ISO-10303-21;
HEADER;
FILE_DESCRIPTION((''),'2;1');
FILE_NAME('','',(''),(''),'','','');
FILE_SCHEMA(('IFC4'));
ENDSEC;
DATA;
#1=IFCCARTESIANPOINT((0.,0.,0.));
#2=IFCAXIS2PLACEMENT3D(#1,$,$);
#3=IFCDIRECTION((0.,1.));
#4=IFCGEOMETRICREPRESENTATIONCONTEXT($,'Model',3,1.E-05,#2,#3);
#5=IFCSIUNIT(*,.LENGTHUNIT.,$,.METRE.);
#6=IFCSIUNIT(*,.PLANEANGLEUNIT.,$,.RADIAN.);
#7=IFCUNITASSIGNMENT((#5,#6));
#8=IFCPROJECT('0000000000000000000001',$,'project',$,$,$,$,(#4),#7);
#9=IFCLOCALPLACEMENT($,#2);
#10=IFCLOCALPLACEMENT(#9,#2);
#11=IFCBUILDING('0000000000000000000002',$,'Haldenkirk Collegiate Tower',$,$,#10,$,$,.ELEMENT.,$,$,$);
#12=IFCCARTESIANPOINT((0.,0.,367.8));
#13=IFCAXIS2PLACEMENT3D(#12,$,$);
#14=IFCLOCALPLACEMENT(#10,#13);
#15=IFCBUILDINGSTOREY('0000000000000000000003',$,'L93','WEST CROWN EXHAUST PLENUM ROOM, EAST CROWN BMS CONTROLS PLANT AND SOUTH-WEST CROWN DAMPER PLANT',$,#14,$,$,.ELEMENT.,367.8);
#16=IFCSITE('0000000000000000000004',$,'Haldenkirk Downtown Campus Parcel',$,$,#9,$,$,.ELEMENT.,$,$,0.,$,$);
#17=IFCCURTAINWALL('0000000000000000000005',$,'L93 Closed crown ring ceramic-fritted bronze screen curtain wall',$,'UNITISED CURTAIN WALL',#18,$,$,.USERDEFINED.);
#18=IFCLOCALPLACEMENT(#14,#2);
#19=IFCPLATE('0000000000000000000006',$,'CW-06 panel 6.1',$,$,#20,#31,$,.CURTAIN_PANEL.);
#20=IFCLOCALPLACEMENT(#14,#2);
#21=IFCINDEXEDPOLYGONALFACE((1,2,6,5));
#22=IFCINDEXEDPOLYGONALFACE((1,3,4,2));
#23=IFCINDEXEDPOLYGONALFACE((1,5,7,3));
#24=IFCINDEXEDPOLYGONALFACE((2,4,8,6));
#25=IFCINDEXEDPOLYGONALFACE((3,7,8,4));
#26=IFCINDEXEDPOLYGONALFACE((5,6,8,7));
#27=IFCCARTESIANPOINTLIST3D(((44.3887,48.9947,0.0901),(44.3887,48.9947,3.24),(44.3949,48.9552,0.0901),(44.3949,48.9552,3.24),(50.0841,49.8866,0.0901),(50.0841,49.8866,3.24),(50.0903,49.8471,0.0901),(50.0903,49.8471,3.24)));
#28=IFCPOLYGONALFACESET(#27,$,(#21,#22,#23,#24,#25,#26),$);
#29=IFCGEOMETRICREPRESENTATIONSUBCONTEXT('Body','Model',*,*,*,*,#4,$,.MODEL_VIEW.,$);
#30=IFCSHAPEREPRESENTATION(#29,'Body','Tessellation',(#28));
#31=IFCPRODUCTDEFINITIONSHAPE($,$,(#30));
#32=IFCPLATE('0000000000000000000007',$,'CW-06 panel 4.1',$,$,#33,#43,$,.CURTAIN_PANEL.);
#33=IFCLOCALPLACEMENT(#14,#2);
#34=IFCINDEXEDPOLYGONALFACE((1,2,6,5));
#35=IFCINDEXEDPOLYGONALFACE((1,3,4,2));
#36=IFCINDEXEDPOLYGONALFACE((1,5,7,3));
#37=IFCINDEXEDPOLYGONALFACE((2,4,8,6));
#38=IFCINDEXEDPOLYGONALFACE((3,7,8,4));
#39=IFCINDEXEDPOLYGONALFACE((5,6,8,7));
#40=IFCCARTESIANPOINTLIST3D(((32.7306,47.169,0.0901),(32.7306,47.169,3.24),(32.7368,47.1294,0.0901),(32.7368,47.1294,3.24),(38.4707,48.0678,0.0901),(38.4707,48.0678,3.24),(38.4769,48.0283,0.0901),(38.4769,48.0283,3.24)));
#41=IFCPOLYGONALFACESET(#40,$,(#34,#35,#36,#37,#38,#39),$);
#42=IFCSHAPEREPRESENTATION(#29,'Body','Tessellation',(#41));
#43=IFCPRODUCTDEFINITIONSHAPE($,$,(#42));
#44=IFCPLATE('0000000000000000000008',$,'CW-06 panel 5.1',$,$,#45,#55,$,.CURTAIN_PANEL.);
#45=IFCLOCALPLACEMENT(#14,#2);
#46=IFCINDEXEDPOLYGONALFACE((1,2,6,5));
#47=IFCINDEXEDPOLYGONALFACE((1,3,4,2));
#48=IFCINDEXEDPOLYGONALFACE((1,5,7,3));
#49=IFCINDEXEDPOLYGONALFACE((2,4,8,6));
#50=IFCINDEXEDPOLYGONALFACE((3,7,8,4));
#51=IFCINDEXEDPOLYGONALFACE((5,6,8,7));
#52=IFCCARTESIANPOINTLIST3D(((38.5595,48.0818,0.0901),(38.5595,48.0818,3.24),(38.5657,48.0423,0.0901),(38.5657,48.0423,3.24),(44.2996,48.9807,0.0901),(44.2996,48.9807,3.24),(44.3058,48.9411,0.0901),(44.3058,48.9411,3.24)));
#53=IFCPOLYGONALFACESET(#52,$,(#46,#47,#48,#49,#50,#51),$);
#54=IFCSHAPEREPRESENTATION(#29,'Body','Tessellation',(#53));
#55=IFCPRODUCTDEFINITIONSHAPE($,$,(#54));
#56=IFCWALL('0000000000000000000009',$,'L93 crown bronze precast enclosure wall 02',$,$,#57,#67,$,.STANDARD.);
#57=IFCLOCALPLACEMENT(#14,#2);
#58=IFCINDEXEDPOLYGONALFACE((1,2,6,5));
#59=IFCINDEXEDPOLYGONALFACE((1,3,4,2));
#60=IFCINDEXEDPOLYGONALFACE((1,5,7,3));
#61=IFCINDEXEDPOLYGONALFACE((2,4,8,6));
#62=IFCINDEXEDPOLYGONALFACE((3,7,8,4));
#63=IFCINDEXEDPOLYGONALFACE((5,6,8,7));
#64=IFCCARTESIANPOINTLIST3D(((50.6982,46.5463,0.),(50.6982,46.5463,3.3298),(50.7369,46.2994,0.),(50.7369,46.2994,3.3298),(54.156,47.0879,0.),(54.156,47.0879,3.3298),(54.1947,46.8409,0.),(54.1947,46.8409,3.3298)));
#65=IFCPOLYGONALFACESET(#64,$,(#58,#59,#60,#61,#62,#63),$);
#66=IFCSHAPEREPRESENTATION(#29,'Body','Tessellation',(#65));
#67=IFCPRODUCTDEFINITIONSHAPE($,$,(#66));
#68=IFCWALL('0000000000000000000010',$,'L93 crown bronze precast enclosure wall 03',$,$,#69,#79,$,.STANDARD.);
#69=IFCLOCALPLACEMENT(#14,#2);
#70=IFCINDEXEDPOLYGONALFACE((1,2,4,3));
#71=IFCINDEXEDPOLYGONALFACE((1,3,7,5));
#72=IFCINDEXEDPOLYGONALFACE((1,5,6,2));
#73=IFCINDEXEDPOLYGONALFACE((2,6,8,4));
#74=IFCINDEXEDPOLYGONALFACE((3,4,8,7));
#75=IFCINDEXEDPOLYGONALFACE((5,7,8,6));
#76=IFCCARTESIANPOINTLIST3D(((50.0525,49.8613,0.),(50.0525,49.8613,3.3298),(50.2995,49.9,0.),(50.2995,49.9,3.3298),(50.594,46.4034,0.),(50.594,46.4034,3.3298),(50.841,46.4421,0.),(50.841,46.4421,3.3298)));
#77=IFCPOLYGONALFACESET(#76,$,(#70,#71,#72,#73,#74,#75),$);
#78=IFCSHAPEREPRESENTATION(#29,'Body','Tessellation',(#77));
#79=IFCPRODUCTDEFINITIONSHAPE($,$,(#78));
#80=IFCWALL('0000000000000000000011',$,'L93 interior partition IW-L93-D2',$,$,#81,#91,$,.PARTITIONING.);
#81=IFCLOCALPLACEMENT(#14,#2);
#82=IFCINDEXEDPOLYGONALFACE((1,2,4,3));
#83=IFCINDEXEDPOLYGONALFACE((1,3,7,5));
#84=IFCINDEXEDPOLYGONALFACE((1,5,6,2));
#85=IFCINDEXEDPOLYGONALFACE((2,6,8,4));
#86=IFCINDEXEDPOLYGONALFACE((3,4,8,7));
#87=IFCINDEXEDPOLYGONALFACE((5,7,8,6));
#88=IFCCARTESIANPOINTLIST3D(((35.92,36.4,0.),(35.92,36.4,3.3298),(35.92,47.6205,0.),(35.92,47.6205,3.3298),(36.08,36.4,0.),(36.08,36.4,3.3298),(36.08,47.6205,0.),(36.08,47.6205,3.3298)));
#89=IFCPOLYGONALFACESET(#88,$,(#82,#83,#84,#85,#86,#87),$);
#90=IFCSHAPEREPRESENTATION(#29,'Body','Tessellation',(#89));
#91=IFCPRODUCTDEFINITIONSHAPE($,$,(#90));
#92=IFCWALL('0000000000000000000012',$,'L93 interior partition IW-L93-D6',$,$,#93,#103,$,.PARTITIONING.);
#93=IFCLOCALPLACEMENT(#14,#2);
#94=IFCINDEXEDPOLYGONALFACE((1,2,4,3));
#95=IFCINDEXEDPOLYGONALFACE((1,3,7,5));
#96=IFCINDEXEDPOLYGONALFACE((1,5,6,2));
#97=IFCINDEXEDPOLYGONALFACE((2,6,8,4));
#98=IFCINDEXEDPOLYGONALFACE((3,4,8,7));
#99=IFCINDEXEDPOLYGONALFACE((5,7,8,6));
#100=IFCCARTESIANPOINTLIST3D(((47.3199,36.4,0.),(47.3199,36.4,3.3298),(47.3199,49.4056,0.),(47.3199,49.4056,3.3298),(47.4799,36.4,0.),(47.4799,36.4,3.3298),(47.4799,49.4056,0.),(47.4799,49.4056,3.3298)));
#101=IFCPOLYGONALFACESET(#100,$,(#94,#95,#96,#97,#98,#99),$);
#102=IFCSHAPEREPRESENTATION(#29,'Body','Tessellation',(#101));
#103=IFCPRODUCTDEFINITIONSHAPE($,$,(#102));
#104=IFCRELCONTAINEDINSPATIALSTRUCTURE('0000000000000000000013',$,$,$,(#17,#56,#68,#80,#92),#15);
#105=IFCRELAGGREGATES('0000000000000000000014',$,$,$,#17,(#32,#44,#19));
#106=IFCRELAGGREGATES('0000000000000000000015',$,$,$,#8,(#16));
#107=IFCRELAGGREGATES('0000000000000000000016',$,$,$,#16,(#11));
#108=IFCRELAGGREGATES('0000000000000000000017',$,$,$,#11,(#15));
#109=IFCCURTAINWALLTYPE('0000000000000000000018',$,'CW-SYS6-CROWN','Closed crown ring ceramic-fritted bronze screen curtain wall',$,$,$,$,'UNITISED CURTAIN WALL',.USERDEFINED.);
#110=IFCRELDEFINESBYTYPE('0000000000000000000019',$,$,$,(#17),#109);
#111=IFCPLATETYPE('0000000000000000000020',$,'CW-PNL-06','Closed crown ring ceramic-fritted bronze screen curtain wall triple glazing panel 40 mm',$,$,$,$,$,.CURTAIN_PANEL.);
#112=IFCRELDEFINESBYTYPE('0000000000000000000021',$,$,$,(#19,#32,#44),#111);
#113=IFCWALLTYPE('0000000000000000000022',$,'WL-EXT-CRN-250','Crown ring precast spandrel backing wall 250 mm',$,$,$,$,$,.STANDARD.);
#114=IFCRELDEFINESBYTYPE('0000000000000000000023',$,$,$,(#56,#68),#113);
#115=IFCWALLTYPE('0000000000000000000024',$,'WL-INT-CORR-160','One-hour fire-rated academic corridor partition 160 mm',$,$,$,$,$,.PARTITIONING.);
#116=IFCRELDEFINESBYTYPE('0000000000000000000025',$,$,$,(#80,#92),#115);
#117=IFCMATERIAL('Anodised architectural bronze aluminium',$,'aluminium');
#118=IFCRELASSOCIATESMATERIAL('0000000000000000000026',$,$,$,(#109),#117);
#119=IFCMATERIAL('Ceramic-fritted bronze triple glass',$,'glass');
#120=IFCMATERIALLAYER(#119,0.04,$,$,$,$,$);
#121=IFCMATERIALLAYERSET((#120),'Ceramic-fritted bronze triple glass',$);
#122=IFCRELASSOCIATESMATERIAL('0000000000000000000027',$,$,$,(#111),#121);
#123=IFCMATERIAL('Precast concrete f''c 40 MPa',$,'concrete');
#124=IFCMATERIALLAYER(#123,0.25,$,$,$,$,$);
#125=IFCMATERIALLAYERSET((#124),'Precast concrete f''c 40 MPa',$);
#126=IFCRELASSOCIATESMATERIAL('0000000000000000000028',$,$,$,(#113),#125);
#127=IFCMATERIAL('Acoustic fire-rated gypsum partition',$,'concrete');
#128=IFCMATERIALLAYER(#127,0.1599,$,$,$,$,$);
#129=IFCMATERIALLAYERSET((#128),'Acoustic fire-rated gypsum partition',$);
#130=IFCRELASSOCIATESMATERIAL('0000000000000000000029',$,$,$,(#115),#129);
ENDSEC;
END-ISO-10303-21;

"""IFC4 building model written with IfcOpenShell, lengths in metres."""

from ifc_helpers import new_model, si_unit, direction, frame, frame_2d, origin, origin_2d, place, context, subcontext, project, spatial, rectangle, extrude, source, transform, mapped, material, layer, layer_set, type_object, element, aggregate, save


model = new_model("IFC4")

# Units and contexts
model_context = context("Model", 3, precision=1e-05, world=origin(), true_north=direction((0.0, 1.0)))
body_context = subcontext(model_context, "Body", "Model", "MODEL_VIEW")
ifc_project = project(units=[si_unit("LENGTHUNIT", "METRE"), si_unit("PLANEANGLEUNIT", "RADIAN")], contexts=[model_context])

# Site, building, storey
site_placement = place(None, origin())
site = spatial("IfcSite", under=ifc_project, at=site_placement, Name="Haldenkirk Downtown Campus Parcel", CompositionType="ELEMENT", RefElevation=0.0)
building_placement = place(site_placement, origin())
building = spatial("IfcBuilding", under=site, at=building_placement, Name="Haldenkirk Collegiate Tower", CompositionType="ELEMENT")
storey_placement = place(building_placement, frame((0.0, 0.0, 367.8)))
storey = spatial("IfcBuildingStorey", under=building, at=storey_placement, Name="L93", Description="WEST CROWN EXHAUST PLENUM ROOM, EAST CROWN BMS CONTROLS PLANT AND SOUTH-WEST CROWN DAMPER PLANT", CompositionType="ELEMENT", Elevation=367.8)

# Curtain wall
ifc_material_1 = material(Name="Anodised architectural bronze aluminium", Category="aluminium")
curtain_wall_type = type_object("IfcCurtainWallType", Name="CW-SYS6-CROWN", Description="Closed crown ring ceramic-fritted bronze screen curtain wall", ElementType="UNITISED CURTAIN WALL", PredefinedType="USERDEFINED", material=ifc_material_1)
curtain_wall_1_placement = place(storey_placement, origin())
curtain_wall_1 = element("IfcCurtainWall", 1, at=curtain_wall_1_placement, inside=storey, type_object=curtain_wall_type, Name="L93 Closed crown ring ceramic-fritted bronze screen curtain wall", ObjectType="UNITISED CURTAIN WALL", PredefinedType="USERDEFINED")

# Plates
ifc_material_2 = material(Name="Ceramic-fritted bronze triple glass", Category="glass")
ifc_layer_1 = layer(ifc_material_2, 0.04)
ifc_layer_set_1 = layer_set([ifc_layer_1], Name="Ceramic-fritted bronze triple glass")
plate_type_1 = type_object("IfcPlateType", Name="CW-PNL-06", Description="Closed crown ring ceramic-fritted bronze screen curtain wall triple glazing panel 40 mm", PredefinedType="CURTAIN_PANEL", material=ifc_layer_set_1)
shared_shape_1 = source(origin(), body_context, "Body", "SweptSolid", [
    extrude(rectangle(XDim=5.7649, YDim=0.04, at=origin_2d()), origin(), (0.0, 0.0, 1.0), 3.1499),
])
plate_1_placement = place(storey_placement, frame((47.2395, 49.4209, 0.0901), z_axis=(0.0, 0.0, 1.0), x_axis=(0.98796, 0.154709, 0.0)))
plate_1 = element("IfcPlate", 2, at=plate_1_placement, type_object=plate_type_1, Name="CW-06 panel 6.1", PredefinedType="CURTAIN_PANEL", context=body_context, shape_type="MappedRepresentation", body=[
    mapped(shared_shape_1, transform((0.0, 0.0, 0.0), x_axis=(1.0, 0.0, 0.0), y_axis=(0.0, 1.0, 0.0), z_axis=(0.0, 0.0, 1.0), scale=1.0)),
])
shared_shape_2 = source(origin(), body_context, "Body", "SweptSolid", [
    extrude(rectangle(XDim=5.8101, YDim=0.04, at=origin_2d()), origin(), (0.0, 0.0, 1.0), 3.1499),
])
plate_2_placement = place(storey_placement, frame((35.6038, 47.5986, 0.0901), z_axis=(0.0, 0.0, 1.0), x_axis=(0.98796, 0.154709, 0.0)))
plate_2 = element("IfcPlate", 3, at=plate_2_placement, type_object=plate_type_1, Name="CW-06 panel 4.1", PredefinedType="CURTAIN_PANEL", context=body_context, shape_type="MappedRepresentation", body=[
    mapped(shared_shape_2, transform((0.0, 0.0, 0.0), x_axis=(1.0, 0.0, 0.0), y_axis=(0.0, 1.0, 0.0), z_axis=(0.0, 0.0, 1.0), scale=1.0)),
])
plate_3_placement = place(storey_placement, frame((41.4326, 48.5115, 0.0901), z_axis=(0.0, 0.0, 1.0), x_axis=(0.98796, 0.154709, 0.0)))
plate_3 = element("IfcPlate", 4, at=plate_3_placement, type_object=plate_type_1, Name="CW-06 panel 5.1", PredefinedType="CURTAIN_PANEL", context=body_context, shape_type="MappedRepresentation", body=[
    mapped(shared_shape_2, transform((0.0, 0.0, 0.0), x_axis=(1.0, 0.0, 0.0), y_axis=(0.0, 1.0, 0.0), z_axis=(0.0, 0.0, 1.0), scale=1.0)),
])
aggregate(curtain_wall_1, [plate_2, plate_3, plate_1])

# Walls
ifc_material_3 = material(Name="Precast concrete f'c 40 MPa", Category="concrete")
ifc_layer_2 = layer(ifc_material_3, 0.25)
ifc_layer_set_2 = layer_set([ifc_layer_2], Name="Precast concrete f'c 40 MPa")
wall_type_1 = type_object("IfcWallType", Name="WL-EXT-CRN-250", Description="Crown ring precast spandrel backing wall 250 mm", PredefinedType="STANDARD", material=ifc_layer_set_2)
for number, where, z_axis, x_axis, name in (
    (5, (50.7175, 46.4229, 0.0), (0.0, 0.0, 1.0), (0.987958, 0.154719, 0.0), "L93 crown bronze precast enclosure wall 02"),
    (6, (50.176, 49.8806, 0.0), (0.0, 0.0, 1.0), (0.154719, -0.987958, 0.0), "L93 crown bronze precast enclosure wall 03"),
):
    element("IfcWall", number, at=place(storey_placement, frame(where, z_axis=z_axis, x_axis=x_axis)), inside=storey, type_object=wall_type_1, Name=name, PredefinedType="STANDARD", context=body_context, shape_type="SweptSolid", body=[
        extrude(rectangle(XDim=3.5, YDim=0.25, at=frame_2d((1.75, 0.0))), origin(), (0.0, 0.0, 1.0), 3.3298),
    ])
ifc_material_4 = material(Name="Acoustic fire-rated gypsum partition", Category="concrete")
ifc_layer_3 = layer(ifc_material_4, 0.1599)
ifc_layer_set_3 = layer_set([ifc_layer_3], Name="Acoustic fire-rated gypsum partition")
wall_type_2 = type_object("IfcWallType", Name="WL-INT-CORR-160", Description="One-hour fire-rated academic corridor partition 160 mm", PredefinedType="PARTITIONING", material=ifc_layer_set_3)
wall_1_placement = place(storey_placement, frame((36.0, 36.3999, 0.0), z_axis=(0.0, 0.0, 1.0), x_axis=(0.0, 1.0, 0.0)))
element("IfcWall", 7, at=wall_1_placement, inside=storey, type_object=wall_type_2, Name="L93 interior partition IW-L93-D2", PredefinedType="PARTITIONING", context=body_context, shape_type="SweptSolid", body=[
    extrude(rectangle(XDim=11.2205, YDim=0.1599, at=frame_2d((5.6104, 0.0))), origin(), (0.0, 0.0, 1.0), 3.3298),
])
wall_2_placement = place(storey_placement, frame((47.3999, 36.3999, 0.0), z_axis=(0.0, 0.0, 1.0), x_axis=(0.0, 1.0, 0.0)))
element("IfcWall", 8, at=wall_2_placement, inside=storey, type_object=wall_type_2, Name="L93 interior partition IW-L93-D6", PredefinedType="PARTITIONING", context=body_context, shape_type="SweptSolid", body=[
    extrude(rectangle(XDim=13.0056, YDim=0.1599, at=frame_2d((6.5029, 0.0))), origin(), (0.0, 0.0, 1.0), 3.3298),
])

save(model, "model.ifc")
